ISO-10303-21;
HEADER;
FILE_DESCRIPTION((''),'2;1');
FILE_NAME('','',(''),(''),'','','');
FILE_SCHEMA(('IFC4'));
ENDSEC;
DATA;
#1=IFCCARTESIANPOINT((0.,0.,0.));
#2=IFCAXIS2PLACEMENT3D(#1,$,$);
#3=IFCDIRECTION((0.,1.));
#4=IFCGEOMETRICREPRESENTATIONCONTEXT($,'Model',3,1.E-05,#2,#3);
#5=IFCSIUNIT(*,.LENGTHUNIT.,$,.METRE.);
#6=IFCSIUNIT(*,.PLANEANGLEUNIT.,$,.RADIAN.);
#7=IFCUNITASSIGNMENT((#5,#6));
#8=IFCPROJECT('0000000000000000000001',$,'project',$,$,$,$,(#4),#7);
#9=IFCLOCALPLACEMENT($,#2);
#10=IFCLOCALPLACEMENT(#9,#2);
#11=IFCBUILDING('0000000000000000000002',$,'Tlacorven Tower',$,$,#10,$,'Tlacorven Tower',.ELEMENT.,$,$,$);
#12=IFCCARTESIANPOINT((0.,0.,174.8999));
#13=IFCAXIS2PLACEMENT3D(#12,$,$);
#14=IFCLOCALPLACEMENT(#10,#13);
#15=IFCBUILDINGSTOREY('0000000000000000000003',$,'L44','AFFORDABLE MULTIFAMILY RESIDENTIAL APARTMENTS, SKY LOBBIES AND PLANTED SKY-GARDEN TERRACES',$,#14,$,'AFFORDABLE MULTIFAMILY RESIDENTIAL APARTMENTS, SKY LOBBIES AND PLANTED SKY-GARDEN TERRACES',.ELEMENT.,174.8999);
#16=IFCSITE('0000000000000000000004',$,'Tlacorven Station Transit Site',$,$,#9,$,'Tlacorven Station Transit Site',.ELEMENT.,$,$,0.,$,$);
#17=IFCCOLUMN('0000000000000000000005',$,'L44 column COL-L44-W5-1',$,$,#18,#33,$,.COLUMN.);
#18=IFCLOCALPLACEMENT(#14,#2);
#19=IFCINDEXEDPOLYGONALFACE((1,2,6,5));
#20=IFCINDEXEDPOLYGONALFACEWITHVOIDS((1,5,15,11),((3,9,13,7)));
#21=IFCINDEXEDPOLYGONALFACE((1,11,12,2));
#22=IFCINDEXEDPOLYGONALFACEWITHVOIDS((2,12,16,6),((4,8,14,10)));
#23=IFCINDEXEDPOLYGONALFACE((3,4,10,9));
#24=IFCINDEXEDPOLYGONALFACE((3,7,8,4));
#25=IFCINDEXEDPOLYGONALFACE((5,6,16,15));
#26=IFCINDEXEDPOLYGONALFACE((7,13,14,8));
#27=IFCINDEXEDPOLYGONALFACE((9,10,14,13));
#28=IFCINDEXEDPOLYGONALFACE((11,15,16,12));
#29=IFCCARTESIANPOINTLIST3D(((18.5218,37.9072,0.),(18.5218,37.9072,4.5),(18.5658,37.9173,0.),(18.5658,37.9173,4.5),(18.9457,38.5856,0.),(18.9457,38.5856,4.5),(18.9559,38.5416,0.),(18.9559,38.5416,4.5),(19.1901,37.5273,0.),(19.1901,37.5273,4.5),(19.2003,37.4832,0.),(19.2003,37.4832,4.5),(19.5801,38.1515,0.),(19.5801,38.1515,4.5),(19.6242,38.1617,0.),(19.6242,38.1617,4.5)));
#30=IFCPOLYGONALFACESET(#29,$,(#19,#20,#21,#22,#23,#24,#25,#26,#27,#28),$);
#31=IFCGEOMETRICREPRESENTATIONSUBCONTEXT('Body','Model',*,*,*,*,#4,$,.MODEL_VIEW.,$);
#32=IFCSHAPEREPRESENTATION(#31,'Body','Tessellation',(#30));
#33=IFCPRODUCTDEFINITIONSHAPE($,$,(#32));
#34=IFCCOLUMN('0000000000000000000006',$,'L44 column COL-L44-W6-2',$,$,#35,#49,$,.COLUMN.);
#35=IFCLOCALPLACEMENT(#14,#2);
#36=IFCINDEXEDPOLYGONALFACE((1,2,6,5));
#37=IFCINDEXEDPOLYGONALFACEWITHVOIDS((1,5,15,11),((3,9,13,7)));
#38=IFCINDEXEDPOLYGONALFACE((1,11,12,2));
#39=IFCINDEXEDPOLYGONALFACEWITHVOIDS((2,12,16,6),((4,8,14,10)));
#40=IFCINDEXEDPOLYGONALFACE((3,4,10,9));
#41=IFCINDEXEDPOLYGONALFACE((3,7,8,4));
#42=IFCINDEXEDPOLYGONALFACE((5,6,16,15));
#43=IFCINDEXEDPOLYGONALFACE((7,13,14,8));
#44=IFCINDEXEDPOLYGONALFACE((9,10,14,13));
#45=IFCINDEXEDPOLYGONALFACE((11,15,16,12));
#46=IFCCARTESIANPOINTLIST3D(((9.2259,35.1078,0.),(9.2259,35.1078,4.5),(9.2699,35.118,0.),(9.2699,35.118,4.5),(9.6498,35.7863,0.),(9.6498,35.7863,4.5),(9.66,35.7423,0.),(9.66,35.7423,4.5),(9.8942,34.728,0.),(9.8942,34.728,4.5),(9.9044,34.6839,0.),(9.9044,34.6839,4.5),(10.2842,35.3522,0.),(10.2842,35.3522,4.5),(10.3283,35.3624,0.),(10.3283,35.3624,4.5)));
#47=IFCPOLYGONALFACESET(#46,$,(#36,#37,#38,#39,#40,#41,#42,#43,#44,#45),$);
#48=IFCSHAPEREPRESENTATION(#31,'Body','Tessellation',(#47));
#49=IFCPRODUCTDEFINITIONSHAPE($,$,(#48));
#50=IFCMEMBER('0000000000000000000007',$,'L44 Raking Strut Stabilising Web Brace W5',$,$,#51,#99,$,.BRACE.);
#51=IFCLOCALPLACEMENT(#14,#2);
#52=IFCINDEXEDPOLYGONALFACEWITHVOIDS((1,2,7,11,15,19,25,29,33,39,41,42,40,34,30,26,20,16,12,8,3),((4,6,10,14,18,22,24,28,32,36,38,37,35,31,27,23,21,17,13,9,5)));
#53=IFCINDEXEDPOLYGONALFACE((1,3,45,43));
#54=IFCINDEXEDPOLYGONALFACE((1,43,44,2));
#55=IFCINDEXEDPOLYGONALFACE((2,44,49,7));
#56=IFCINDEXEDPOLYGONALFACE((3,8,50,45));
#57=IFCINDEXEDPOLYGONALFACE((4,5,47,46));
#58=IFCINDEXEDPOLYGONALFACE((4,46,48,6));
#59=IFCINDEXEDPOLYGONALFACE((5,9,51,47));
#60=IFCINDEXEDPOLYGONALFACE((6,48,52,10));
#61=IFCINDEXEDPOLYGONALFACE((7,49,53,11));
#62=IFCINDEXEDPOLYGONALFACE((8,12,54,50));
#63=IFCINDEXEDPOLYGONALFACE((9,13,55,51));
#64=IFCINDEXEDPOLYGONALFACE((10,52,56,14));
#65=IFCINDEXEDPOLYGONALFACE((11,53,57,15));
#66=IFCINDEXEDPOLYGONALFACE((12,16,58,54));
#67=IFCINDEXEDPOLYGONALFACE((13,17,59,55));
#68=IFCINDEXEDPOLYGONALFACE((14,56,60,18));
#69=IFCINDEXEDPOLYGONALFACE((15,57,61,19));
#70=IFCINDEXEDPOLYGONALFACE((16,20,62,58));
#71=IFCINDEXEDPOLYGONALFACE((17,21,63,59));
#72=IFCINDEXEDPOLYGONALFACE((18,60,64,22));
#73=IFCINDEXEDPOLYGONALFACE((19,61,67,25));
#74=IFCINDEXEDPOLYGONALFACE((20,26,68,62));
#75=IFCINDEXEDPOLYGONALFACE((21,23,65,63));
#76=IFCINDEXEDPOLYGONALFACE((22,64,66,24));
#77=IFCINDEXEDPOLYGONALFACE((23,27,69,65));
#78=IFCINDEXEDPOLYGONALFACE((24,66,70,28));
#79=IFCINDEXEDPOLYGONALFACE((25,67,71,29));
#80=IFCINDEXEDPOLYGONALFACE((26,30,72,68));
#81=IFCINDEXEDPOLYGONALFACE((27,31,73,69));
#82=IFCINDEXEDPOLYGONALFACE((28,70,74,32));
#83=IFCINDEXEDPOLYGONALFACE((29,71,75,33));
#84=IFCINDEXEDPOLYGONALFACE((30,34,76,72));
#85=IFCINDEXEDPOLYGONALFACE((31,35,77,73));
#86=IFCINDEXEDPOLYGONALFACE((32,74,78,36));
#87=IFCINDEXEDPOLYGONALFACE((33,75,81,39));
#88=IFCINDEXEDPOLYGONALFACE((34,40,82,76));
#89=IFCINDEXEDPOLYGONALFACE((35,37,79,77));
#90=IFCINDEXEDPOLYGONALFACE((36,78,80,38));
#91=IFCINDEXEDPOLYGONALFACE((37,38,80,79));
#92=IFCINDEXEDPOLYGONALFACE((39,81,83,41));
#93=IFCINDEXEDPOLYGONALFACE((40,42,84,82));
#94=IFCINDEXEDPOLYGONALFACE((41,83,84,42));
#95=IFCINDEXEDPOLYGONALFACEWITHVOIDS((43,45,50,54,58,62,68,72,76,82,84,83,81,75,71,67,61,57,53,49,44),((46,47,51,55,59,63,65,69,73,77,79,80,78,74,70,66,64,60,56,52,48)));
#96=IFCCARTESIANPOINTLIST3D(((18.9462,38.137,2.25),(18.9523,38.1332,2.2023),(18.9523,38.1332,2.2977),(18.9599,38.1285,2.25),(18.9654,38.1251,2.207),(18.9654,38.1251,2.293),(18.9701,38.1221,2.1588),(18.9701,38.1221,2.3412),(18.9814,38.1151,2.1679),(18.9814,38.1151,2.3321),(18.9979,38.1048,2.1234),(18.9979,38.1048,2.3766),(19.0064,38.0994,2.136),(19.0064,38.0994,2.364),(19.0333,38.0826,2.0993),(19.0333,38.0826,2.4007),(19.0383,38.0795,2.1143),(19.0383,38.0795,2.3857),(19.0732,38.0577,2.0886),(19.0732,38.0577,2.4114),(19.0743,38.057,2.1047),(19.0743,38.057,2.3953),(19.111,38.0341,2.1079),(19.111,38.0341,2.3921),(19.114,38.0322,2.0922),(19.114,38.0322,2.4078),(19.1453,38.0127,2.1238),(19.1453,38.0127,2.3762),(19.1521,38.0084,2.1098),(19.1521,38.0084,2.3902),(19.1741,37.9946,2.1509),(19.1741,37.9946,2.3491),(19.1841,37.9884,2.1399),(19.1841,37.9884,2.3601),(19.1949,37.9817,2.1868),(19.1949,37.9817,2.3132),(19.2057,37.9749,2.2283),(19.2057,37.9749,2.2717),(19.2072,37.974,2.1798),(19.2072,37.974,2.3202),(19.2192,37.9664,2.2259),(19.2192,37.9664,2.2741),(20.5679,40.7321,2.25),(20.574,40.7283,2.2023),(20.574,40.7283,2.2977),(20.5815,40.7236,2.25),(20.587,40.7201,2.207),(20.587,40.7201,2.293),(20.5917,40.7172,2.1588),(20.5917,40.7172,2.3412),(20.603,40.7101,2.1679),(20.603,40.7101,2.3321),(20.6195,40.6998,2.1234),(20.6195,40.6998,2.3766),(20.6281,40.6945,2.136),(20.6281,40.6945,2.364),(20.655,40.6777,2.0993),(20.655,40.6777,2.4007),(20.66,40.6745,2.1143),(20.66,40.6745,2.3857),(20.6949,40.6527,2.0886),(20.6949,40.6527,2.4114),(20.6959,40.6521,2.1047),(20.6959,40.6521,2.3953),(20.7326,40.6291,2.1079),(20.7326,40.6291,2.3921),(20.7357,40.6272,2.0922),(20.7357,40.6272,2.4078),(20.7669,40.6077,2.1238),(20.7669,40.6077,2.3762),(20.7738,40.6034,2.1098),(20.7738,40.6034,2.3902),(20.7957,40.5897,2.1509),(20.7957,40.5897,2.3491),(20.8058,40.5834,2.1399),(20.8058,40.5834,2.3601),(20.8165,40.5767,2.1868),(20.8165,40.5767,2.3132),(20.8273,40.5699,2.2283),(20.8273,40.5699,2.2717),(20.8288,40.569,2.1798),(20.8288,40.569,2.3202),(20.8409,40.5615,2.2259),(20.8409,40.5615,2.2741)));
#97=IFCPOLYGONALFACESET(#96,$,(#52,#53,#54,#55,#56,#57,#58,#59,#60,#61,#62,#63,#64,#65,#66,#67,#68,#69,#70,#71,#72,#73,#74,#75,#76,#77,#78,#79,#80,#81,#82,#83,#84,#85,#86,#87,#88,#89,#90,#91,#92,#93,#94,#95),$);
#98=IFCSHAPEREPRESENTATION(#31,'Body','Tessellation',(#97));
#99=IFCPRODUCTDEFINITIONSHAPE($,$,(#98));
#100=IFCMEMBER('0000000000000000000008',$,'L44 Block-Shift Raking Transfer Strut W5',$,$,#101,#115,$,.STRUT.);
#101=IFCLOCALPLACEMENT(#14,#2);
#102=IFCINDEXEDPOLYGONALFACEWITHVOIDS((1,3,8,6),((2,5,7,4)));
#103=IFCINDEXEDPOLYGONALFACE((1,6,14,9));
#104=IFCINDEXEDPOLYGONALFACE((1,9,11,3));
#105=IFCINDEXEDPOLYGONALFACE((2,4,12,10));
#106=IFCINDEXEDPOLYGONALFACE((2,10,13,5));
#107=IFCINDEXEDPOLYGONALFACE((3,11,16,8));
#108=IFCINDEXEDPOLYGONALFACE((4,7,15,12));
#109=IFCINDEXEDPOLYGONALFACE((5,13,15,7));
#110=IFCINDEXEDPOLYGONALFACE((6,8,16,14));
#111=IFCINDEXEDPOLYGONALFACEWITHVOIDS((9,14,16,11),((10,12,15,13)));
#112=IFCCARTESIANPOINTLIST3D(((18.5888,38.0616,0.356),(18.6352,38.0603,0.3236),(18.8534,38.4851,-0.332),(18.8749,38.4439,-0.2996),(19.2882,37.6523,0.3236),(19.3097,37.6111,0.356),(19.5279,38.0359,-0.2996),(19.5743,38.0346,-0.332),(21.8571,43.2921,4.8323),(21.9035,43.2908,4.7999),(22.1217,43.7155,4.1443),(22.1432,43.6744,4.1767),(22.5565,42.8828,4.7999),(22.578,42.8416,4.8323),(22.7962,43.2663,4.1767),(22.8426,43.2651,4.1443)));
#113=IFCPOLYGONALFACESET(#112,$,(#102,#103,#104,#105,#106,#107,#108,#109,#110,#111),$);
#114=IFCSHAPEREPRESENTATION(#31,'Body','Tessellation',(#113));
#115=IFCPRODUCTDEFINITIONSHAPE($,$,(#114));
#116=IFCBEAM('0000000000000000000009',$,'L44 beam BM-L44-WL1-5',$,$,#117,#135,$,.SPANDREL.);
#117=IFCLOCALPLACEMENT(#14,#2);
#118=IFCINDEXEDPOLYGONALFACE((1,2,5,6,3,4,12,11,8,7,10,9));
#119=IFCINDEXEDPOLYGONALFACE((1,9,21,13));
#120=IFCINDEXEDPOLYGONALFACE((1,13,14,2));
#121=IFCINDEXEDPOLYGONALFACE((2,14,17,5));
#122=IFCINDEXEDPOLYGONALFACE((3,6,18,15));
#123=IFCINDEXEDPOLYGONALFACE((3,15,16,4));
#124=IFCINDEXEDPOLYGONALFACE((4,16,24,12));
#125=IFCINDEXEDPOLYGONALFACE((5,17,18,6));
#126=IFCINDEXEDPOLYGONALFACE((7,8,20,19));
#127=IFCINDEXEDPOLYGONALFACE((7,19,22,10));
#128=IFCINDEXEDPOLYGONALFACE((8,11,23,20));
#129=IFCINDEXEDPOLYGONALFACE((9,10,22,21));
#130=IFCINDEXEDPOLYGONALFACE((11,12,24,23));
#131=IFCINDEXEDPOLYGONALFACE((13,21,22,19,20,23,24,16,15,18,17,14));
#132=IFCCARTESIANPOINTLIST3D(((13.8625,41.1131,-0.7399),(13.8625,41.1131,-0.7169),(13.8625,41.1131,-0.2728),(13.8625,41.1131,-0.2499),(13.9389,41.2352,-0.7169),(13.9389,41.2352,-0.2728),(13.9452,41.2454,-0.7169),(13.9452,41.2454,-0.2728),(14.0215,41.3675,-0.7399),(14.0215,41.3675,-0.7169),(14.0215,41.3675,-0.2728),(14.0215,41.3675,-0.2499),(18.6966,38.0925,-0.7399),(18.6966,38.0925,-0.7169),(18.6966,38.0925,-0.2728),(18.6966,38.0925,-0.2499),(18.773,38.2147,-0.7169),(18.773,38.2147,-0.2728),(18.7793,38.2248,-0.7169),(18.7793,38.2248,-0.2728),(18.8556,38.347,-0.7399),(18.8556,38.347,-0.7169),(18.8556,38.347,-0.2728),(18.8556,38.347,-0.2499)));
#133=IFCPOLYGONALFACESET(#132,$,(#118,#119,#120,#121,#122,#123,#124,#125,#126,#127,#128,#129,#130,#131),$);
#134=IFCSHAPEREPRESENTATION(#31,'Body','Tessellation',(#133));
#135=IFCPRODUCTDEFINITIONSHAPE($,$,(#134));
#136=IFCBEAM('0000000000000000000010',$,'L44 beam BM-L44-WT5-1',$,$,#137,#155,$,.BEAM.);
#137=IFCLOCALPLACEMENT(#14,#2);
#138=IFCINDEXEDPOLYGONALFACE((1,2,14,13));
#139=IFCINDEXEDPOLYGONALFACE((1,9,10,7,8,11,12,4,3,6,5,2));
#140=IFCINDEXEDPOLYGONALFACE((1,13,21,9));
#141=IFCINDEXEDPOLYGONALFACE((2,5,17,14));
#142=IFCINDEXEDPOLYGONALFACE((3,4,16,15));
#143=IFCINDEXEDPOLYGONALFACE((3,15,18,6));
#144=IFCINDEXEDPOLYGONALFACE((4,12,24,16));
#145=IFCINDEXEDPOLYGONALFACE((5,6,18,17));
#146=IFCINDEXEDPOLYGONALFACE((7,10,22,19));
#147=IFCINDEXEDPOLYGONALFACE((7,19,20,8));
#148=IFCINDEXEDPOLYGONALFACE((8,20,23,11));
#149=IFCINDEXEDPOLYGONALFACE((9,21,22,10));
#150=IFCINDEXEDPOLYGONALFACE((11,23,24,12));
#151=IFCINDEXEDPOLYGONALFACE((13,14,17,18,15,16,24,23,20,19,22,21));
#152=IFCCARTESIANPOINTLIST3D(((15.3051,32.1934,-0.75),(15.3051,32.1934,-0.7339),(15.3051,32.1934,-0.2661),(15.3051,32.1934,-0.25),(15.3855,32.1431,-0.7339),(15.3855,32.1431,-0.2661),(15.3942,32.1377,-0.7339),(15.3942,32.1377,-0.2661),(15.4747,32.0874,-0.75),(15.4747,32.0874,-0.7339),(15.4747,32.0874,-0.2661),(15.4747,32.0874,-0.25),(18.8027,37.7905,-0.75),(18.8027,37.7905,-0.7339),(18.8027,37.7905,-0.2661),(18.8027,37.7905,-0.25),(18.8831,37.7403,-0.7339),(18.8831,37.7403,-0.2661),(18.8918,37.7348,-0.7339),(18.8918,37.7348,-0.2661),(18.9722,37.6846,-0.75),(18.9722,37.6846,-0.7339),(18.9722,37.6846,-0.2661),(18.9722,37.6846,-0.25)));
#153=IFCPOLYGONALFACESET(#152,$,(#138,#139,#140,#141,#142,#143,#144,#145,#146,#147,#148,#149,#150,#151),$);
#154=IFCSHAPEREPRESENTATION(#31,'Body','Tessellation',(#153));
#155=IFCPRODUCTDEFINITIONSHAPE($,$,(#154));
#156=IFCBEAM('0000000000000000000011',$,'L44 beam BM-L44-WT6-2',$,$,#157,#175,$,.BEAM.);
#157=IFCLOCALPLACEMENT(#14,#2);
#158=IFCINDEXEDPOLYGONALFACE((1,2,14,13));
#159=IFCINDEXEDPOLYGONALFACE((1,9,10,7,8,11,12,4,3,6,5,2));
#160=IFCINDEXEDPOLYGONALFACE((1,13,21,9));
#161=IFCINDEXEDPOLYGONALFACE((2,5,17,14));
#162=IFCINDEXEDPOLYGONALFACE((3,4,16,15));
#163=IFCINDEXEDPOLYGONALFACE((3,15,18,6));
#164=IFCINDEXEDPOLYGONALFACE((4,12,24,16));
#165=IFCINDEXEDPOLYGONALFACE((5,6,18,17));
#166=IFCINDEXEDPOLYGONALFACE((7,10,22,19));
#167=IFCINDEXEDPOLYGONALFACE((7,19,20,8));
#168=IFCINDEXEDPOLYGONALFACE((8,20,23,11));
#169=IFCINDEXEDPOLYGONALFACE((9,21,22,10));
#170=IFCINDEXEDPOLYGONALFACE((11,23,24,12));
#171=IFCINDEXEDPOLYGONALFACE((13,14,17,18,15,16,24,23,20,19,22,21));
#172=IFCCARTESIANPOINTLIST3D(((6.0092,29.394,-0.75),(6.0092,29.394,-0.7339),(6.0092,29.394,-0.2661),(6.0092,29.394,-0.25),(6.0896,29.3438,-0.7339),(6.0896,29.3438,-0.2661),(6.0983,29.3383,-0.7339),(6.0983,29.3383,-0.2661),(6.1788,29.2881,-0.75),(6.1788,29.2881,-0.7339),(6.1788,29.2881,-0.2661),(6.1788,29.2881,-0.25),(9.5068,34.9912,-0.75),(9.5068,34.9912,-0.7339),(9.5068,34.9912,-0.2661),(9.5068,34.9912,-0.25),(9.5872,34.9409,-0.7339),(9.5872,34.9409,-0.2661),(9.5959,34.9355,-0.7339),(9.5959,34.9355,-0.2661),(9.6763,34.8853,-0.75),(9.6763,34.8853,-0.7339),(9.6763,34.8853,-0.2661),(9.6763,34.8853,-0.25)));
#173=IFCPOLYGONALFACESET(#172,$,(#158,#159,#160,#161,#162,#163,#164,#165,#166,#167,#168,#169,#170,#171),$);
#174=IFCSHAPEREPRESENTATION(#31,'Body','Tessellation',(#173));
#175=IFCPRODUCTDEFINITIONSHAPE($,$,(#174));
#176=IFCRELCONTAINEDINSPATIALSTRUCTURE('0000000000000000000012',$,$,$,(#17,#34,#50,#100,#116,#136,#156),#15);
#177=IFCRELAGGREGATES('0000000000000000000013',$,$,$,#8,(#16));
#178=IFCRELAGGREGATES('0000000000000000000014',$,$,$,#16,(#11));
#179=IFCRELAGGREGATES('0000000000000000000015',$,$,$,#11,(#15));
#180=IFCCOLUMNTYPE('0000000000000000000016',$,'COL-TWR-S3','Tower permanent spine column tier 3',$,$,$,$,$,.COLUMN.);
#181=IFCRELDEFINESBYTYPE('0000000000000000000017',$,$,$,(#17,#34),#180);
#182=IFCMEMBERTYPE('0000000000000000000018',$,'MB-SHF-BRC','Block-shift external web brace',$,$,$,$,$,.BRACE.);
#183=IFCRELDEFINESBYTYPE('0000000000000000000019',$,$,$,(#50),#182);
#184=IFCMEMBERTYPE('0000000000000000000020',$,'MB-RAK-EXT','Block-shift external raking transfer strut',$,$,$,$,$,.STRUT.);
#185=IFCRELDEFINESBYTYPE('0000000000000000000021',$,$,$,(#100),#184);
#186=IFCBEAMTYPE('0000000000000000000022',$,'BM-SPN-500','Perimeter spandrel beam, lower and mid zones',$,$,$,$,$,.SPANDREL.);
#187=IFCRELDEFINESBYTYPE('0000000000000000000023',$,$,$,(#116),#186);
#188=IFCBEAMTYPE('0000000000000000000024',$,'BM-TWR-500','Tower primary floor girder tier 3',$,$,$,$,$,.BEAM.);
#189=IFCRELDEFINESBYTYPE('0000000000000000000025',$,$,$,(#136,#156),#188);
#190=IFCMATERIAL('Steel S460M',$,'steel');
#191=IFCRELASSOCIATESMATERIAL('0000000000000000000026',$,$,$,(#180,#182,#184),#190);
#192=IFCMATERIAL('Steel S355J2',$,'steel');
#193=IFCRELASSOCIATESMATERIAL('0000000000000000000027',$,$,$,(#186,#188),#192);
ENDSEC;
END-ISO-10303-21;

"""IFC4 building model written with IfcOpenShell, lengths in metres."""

from ifc_helpers import new_model, si_unit, direction, frame, origin, origin_2d, place, context, subcontext, project, spatial, hollow_rectangle, hollow_circle, i_section, extrude, source, transform, mapped, material, material_profile, profile_set, type_object, element, save


model = new_model("IFC4")

# Units and contexts
model_context = context("Model", 3, precision=1e-05, world=origin(), true_north=direction((0.0, 1.0)))
body_context = subcontext(model_context, "Body", "Model", "MODEL_VIEW")
ifc_project = project(units=[si_unit("LENGTHUNIT", "METRE"), si_unit("PLANEANGLEUNIT", "RADIAN")], contexts=[model_context])

# Site, building, storey
site_placement = place(None, origin())
site = spatial("IfcSite", under=ifc_project, at=site_placement, Name="Tlacorven Station Transit Site", LongName="Tlacorven Station Transit Site", CompositionType="ELEMENT", RefElevation=0.0)
building_placement = place(site_placement, origin())
building = spatial("IfcBuilding", under=site, at=building_placement, Name="Tlacorven Tower", LongName="Tlacorven Tower", CompositionType="ELEMENT")
storey_placement = place(building_placement, frame((0.0, 0.0, 174.8999)))
storey = spatial("IfcBuildingStorey", under=building, at=storey_placement, Name="L44", Description="AFFORDABLE MULTIFAMILY RESIDENTIAL APARTMENTS, SKY LOBBIES AND PLANTED SKY-GARDEN TERRACES", LongName="AFFORDABLE MULTIFAMILY RESIDENTIAL APARTMENTS, SKY LOBBIES AND PLANTED SKY-GARDEN TERRACES", CompositionType="ELEMENT", Elevation=174.8999)

# Columns
ifc_material_1 = material(Name="Steel S460M", Category="steel")
ifc_material_profile_1 = material_profile(ifc_material_1, hollow_rectangle(XDim=0.8, YDim=0.8, WallThickness=0.032, at=origin_2d()), Name="BOX 800X800X32")
ifc_profile_set_1 = profile_set([ifc_material_profile_1], Name="Steel S460M")
column_type = type_object("IfcColumnType", Name="COL-TWR-S3", Description="Tower permanent spine column tier 3", PredefinedType="COLUMN", material=ifc_profile_set_1)
shared_shape_1 = source(origin(), body_context, "Body", "SweptSolid", [
    extrude(hollow_rectangle(XDim=0.8, YDim=0.8, WallThickness=0.032, at=origin_2d()), origin(), (0.0, 0.0, 1.0), 4.5),
])
for number, where, z_axis, x_axis, name in (
    (1, (19.073, 38.0344, 0.0), (0.0, 0.0, 1.0), (-0.848048, 0.529919, 0.0), "L44 column COL-L44-W5-1"),
    (2, (9.7771, 35.2351, 0.0), (0.0, 0.0, 1.0), (-0.848048, 0.529919, 0.0), "L44 column COL-L44-W6-2"),
):
    element("IfcColumn", number, at=place(storey_placement, frame(where, z_axis=z_axis, x_axis=x_axis)), inside=storey, type_object=column_type, Name=name, PredefinedType="COLUMN", context=body_context, shape_type="MappedRepresentation", body=[
        mapped(shared_shape_1, transform((0.0, 0.0, 0.0), scale=1.0)),
    ])

# Members
ifc_material_profile_2 = material_profile(ifc_material_1, hollow_circle(Radius=0.1619, WallThickness=0.0161, at=origin_2d()), Name="CHS 323.9X16")
ifc_profile_set_2 = profile_set([ifc_material_profile_2], Name="Steel S460M")
member_type_1 = type_object("IfcMemberType", Name="MB-SHF-BRC", Description="Block-shift external web brace", PredefinedType="BRACE", material=ifc_profile_set_2)
shared_shape_2 = source(origin(), body_context, "Body", "SweptSolid", [
    extrude(hollow_circle(Radius=0.1619, WallThickness=0.0161, at=origin_2d()), origin(), (0.0, 0.0, 1.0), 3.0601),
])
member_1_placement = place(storey_placement, frame((19.0835, 38.0513, 2.25), z_axis=(0.529934, 0.848039, 0.0), x_axis=(-0.848039, 0.529934, 0.0)))
element("IfcMember", 3, at=member_1_placement, inside=storey, type_object=member_type_1, Name="L44 Raking Strut Stabilising Web Brace W5", PredefinedType="BRACE", context=body_context, shape_type="MappedRepresentation", body=[
    mapped(shared_shape_2, transform((0.0, 0.0, 0.0), scale=1.0)),
])
ifc_material_profile_3 = material_profile(ifc_material_1, hollow_rectangle(XDim=0.8501, YDim=0.8501, WallThickness=0.04, at=origin_2d()), Name="BOX 850X850X40")
ifc_profile_set_3 = profile_set([ifc_material_profile_3], Name="Steel S460M")
member_type_2 = type_object("IfcMemberType", Name="MB-RAK-EXT", Description="Block-shift external raking transfer strut", PredefinedType="STRUT", material=ifc_profile_set_3)
shared_shape_3 = source(origin(), body_context, "Body", "SweptSolid", [
    extrude(hollow_rectangle(XDim=0.8501, YDim=0.8501, WallThickness=0.04, at=origin_2d()), origin(), (0.0, 0.0, 1.0), 7.6208),
])
member_2_placement = place(storey_placement, frame((19.0815, 38.0481, 0.012), z_axis=(0.428865, 0.686338, 0.587379), x_axis=(-0.848052, 0.529914, 0.0)))
element("IfcMember", 4, at=member_2_placement, inside=storey, type_object=member_type_2, Name="L44 Block-Shift Raking Transfer Strut W5", PredefinedType="STRUT", context=body_context, shape_type="MappedRepresentation", body=[
    mapped(shared_shape_3, transform((0.0, 0.0, 0.0), scale=1.0)),
])

# Beams
ifc_material_2 = material(Name="Steel S355J2", Category="steel")
ifc_material_profile_4 = material_profile(ifc_material_2, i_section(OverallWidth=0.3, OverallDepth=0.49, WebThickness=0.012, FlangeThickness=0.0229, at=origin_2d()), Name="HEA 500")
ifc_profile_set_4 = profile_set([ifc_material_profile_4], Name="Steel S355J2")
beam_type_1 = type_object("IfcBeamType", Name="BM-SPN-500", Description="Perimeter spandrel beam, lower and mid zones", PredefinedType="SPANDREL", material=ifc_profile_set_4)
shared_shape_4 = source(origin(), body_context, "Body", "SweptSolid", [
    extrude(i_section(OverallWidth=0.3, OverallDepth=0.49, WebThickness=0.012, FlangeThickness=0.0229, at=origin_2d()), origin(), (0.0, 0.0, 1.0), 5.7002),
])
beam_1_placement = place(storey_placement, frame((18.7761, 38.2197, -0.4949), z_axis=(-0.848056, 0.529907, 0.0), x_axis=(-0.529907, -0.848056, 0.0)))
element("IfcBeam", 5, at=beam_1_placement, inside=storey, type_object=beam_type_1, Name="L44 beam BM-L44-WL1-5", PredefinedType="SPANDREL", context=body_context, shape_type="MappedRepresentation", body=[
    mapped(shared_shape_4, transform((0.0, 0.0, 0.0), scale=1.0)),
])
ifc_material_profile_5 = material_profile(ifc_material_2, i_section(OverallWidth=0.2, OverallDepth=0.5, WebThickness=0.0103, FlangeThickness=0.0161, at=origin_2d()), Name="IPE 500")
ifc_profile_set_5 = profile_set([ifc_material_profile_5], Name="Steel S355J2")
beam_type_2 = type_object("IfcBeamType", Name="BM-TWR-500", Description="Tower primary floor girder tier 3", PredefinedType="BEAM", material=ifc_profile_set_5)
shared_shape_5 = source(origin(), body_context, "Body", "SweptSolid", [
    extrude(i_section(OverallWidth=0.2, OverallDepth=0.5, WebThickness=0.0103, FlangeThickness=0.0161, at=origin_2d()), origin(), (0.0, 0.0, 1.0), 6.6001),
])
for number, where, z_axis, x_axis, name in (
    (6, (18.8875, 37.7375, -0.5), (-0.529926, -0.848044, 0.0), (0.848044, -0.529926, 0.0), "L44 beam BM-L44-WT5-1"),
    (7, (9.5916, 34.9382, -0.5), (-0.529926, -0.848044, 0.0), (0.848044, -0.529926, 0.0), "L44 beam BM-L44-WT6-2"),
):
    element("IfcBeam", number, at=place(storey_placement, frame(where, z_axis=z_axis, x_axis=x_axis)), inside=storey, type_object=beam_type_2, Name=name, PredefinedType="BEAM", context=body_context, shape_type="MappedRepresentation", body=[
        mapped(shared_shape_5, transform((0.0, 0.0, 0.0), scale=1.0)),
    ])

save(model, "model.ifc")
